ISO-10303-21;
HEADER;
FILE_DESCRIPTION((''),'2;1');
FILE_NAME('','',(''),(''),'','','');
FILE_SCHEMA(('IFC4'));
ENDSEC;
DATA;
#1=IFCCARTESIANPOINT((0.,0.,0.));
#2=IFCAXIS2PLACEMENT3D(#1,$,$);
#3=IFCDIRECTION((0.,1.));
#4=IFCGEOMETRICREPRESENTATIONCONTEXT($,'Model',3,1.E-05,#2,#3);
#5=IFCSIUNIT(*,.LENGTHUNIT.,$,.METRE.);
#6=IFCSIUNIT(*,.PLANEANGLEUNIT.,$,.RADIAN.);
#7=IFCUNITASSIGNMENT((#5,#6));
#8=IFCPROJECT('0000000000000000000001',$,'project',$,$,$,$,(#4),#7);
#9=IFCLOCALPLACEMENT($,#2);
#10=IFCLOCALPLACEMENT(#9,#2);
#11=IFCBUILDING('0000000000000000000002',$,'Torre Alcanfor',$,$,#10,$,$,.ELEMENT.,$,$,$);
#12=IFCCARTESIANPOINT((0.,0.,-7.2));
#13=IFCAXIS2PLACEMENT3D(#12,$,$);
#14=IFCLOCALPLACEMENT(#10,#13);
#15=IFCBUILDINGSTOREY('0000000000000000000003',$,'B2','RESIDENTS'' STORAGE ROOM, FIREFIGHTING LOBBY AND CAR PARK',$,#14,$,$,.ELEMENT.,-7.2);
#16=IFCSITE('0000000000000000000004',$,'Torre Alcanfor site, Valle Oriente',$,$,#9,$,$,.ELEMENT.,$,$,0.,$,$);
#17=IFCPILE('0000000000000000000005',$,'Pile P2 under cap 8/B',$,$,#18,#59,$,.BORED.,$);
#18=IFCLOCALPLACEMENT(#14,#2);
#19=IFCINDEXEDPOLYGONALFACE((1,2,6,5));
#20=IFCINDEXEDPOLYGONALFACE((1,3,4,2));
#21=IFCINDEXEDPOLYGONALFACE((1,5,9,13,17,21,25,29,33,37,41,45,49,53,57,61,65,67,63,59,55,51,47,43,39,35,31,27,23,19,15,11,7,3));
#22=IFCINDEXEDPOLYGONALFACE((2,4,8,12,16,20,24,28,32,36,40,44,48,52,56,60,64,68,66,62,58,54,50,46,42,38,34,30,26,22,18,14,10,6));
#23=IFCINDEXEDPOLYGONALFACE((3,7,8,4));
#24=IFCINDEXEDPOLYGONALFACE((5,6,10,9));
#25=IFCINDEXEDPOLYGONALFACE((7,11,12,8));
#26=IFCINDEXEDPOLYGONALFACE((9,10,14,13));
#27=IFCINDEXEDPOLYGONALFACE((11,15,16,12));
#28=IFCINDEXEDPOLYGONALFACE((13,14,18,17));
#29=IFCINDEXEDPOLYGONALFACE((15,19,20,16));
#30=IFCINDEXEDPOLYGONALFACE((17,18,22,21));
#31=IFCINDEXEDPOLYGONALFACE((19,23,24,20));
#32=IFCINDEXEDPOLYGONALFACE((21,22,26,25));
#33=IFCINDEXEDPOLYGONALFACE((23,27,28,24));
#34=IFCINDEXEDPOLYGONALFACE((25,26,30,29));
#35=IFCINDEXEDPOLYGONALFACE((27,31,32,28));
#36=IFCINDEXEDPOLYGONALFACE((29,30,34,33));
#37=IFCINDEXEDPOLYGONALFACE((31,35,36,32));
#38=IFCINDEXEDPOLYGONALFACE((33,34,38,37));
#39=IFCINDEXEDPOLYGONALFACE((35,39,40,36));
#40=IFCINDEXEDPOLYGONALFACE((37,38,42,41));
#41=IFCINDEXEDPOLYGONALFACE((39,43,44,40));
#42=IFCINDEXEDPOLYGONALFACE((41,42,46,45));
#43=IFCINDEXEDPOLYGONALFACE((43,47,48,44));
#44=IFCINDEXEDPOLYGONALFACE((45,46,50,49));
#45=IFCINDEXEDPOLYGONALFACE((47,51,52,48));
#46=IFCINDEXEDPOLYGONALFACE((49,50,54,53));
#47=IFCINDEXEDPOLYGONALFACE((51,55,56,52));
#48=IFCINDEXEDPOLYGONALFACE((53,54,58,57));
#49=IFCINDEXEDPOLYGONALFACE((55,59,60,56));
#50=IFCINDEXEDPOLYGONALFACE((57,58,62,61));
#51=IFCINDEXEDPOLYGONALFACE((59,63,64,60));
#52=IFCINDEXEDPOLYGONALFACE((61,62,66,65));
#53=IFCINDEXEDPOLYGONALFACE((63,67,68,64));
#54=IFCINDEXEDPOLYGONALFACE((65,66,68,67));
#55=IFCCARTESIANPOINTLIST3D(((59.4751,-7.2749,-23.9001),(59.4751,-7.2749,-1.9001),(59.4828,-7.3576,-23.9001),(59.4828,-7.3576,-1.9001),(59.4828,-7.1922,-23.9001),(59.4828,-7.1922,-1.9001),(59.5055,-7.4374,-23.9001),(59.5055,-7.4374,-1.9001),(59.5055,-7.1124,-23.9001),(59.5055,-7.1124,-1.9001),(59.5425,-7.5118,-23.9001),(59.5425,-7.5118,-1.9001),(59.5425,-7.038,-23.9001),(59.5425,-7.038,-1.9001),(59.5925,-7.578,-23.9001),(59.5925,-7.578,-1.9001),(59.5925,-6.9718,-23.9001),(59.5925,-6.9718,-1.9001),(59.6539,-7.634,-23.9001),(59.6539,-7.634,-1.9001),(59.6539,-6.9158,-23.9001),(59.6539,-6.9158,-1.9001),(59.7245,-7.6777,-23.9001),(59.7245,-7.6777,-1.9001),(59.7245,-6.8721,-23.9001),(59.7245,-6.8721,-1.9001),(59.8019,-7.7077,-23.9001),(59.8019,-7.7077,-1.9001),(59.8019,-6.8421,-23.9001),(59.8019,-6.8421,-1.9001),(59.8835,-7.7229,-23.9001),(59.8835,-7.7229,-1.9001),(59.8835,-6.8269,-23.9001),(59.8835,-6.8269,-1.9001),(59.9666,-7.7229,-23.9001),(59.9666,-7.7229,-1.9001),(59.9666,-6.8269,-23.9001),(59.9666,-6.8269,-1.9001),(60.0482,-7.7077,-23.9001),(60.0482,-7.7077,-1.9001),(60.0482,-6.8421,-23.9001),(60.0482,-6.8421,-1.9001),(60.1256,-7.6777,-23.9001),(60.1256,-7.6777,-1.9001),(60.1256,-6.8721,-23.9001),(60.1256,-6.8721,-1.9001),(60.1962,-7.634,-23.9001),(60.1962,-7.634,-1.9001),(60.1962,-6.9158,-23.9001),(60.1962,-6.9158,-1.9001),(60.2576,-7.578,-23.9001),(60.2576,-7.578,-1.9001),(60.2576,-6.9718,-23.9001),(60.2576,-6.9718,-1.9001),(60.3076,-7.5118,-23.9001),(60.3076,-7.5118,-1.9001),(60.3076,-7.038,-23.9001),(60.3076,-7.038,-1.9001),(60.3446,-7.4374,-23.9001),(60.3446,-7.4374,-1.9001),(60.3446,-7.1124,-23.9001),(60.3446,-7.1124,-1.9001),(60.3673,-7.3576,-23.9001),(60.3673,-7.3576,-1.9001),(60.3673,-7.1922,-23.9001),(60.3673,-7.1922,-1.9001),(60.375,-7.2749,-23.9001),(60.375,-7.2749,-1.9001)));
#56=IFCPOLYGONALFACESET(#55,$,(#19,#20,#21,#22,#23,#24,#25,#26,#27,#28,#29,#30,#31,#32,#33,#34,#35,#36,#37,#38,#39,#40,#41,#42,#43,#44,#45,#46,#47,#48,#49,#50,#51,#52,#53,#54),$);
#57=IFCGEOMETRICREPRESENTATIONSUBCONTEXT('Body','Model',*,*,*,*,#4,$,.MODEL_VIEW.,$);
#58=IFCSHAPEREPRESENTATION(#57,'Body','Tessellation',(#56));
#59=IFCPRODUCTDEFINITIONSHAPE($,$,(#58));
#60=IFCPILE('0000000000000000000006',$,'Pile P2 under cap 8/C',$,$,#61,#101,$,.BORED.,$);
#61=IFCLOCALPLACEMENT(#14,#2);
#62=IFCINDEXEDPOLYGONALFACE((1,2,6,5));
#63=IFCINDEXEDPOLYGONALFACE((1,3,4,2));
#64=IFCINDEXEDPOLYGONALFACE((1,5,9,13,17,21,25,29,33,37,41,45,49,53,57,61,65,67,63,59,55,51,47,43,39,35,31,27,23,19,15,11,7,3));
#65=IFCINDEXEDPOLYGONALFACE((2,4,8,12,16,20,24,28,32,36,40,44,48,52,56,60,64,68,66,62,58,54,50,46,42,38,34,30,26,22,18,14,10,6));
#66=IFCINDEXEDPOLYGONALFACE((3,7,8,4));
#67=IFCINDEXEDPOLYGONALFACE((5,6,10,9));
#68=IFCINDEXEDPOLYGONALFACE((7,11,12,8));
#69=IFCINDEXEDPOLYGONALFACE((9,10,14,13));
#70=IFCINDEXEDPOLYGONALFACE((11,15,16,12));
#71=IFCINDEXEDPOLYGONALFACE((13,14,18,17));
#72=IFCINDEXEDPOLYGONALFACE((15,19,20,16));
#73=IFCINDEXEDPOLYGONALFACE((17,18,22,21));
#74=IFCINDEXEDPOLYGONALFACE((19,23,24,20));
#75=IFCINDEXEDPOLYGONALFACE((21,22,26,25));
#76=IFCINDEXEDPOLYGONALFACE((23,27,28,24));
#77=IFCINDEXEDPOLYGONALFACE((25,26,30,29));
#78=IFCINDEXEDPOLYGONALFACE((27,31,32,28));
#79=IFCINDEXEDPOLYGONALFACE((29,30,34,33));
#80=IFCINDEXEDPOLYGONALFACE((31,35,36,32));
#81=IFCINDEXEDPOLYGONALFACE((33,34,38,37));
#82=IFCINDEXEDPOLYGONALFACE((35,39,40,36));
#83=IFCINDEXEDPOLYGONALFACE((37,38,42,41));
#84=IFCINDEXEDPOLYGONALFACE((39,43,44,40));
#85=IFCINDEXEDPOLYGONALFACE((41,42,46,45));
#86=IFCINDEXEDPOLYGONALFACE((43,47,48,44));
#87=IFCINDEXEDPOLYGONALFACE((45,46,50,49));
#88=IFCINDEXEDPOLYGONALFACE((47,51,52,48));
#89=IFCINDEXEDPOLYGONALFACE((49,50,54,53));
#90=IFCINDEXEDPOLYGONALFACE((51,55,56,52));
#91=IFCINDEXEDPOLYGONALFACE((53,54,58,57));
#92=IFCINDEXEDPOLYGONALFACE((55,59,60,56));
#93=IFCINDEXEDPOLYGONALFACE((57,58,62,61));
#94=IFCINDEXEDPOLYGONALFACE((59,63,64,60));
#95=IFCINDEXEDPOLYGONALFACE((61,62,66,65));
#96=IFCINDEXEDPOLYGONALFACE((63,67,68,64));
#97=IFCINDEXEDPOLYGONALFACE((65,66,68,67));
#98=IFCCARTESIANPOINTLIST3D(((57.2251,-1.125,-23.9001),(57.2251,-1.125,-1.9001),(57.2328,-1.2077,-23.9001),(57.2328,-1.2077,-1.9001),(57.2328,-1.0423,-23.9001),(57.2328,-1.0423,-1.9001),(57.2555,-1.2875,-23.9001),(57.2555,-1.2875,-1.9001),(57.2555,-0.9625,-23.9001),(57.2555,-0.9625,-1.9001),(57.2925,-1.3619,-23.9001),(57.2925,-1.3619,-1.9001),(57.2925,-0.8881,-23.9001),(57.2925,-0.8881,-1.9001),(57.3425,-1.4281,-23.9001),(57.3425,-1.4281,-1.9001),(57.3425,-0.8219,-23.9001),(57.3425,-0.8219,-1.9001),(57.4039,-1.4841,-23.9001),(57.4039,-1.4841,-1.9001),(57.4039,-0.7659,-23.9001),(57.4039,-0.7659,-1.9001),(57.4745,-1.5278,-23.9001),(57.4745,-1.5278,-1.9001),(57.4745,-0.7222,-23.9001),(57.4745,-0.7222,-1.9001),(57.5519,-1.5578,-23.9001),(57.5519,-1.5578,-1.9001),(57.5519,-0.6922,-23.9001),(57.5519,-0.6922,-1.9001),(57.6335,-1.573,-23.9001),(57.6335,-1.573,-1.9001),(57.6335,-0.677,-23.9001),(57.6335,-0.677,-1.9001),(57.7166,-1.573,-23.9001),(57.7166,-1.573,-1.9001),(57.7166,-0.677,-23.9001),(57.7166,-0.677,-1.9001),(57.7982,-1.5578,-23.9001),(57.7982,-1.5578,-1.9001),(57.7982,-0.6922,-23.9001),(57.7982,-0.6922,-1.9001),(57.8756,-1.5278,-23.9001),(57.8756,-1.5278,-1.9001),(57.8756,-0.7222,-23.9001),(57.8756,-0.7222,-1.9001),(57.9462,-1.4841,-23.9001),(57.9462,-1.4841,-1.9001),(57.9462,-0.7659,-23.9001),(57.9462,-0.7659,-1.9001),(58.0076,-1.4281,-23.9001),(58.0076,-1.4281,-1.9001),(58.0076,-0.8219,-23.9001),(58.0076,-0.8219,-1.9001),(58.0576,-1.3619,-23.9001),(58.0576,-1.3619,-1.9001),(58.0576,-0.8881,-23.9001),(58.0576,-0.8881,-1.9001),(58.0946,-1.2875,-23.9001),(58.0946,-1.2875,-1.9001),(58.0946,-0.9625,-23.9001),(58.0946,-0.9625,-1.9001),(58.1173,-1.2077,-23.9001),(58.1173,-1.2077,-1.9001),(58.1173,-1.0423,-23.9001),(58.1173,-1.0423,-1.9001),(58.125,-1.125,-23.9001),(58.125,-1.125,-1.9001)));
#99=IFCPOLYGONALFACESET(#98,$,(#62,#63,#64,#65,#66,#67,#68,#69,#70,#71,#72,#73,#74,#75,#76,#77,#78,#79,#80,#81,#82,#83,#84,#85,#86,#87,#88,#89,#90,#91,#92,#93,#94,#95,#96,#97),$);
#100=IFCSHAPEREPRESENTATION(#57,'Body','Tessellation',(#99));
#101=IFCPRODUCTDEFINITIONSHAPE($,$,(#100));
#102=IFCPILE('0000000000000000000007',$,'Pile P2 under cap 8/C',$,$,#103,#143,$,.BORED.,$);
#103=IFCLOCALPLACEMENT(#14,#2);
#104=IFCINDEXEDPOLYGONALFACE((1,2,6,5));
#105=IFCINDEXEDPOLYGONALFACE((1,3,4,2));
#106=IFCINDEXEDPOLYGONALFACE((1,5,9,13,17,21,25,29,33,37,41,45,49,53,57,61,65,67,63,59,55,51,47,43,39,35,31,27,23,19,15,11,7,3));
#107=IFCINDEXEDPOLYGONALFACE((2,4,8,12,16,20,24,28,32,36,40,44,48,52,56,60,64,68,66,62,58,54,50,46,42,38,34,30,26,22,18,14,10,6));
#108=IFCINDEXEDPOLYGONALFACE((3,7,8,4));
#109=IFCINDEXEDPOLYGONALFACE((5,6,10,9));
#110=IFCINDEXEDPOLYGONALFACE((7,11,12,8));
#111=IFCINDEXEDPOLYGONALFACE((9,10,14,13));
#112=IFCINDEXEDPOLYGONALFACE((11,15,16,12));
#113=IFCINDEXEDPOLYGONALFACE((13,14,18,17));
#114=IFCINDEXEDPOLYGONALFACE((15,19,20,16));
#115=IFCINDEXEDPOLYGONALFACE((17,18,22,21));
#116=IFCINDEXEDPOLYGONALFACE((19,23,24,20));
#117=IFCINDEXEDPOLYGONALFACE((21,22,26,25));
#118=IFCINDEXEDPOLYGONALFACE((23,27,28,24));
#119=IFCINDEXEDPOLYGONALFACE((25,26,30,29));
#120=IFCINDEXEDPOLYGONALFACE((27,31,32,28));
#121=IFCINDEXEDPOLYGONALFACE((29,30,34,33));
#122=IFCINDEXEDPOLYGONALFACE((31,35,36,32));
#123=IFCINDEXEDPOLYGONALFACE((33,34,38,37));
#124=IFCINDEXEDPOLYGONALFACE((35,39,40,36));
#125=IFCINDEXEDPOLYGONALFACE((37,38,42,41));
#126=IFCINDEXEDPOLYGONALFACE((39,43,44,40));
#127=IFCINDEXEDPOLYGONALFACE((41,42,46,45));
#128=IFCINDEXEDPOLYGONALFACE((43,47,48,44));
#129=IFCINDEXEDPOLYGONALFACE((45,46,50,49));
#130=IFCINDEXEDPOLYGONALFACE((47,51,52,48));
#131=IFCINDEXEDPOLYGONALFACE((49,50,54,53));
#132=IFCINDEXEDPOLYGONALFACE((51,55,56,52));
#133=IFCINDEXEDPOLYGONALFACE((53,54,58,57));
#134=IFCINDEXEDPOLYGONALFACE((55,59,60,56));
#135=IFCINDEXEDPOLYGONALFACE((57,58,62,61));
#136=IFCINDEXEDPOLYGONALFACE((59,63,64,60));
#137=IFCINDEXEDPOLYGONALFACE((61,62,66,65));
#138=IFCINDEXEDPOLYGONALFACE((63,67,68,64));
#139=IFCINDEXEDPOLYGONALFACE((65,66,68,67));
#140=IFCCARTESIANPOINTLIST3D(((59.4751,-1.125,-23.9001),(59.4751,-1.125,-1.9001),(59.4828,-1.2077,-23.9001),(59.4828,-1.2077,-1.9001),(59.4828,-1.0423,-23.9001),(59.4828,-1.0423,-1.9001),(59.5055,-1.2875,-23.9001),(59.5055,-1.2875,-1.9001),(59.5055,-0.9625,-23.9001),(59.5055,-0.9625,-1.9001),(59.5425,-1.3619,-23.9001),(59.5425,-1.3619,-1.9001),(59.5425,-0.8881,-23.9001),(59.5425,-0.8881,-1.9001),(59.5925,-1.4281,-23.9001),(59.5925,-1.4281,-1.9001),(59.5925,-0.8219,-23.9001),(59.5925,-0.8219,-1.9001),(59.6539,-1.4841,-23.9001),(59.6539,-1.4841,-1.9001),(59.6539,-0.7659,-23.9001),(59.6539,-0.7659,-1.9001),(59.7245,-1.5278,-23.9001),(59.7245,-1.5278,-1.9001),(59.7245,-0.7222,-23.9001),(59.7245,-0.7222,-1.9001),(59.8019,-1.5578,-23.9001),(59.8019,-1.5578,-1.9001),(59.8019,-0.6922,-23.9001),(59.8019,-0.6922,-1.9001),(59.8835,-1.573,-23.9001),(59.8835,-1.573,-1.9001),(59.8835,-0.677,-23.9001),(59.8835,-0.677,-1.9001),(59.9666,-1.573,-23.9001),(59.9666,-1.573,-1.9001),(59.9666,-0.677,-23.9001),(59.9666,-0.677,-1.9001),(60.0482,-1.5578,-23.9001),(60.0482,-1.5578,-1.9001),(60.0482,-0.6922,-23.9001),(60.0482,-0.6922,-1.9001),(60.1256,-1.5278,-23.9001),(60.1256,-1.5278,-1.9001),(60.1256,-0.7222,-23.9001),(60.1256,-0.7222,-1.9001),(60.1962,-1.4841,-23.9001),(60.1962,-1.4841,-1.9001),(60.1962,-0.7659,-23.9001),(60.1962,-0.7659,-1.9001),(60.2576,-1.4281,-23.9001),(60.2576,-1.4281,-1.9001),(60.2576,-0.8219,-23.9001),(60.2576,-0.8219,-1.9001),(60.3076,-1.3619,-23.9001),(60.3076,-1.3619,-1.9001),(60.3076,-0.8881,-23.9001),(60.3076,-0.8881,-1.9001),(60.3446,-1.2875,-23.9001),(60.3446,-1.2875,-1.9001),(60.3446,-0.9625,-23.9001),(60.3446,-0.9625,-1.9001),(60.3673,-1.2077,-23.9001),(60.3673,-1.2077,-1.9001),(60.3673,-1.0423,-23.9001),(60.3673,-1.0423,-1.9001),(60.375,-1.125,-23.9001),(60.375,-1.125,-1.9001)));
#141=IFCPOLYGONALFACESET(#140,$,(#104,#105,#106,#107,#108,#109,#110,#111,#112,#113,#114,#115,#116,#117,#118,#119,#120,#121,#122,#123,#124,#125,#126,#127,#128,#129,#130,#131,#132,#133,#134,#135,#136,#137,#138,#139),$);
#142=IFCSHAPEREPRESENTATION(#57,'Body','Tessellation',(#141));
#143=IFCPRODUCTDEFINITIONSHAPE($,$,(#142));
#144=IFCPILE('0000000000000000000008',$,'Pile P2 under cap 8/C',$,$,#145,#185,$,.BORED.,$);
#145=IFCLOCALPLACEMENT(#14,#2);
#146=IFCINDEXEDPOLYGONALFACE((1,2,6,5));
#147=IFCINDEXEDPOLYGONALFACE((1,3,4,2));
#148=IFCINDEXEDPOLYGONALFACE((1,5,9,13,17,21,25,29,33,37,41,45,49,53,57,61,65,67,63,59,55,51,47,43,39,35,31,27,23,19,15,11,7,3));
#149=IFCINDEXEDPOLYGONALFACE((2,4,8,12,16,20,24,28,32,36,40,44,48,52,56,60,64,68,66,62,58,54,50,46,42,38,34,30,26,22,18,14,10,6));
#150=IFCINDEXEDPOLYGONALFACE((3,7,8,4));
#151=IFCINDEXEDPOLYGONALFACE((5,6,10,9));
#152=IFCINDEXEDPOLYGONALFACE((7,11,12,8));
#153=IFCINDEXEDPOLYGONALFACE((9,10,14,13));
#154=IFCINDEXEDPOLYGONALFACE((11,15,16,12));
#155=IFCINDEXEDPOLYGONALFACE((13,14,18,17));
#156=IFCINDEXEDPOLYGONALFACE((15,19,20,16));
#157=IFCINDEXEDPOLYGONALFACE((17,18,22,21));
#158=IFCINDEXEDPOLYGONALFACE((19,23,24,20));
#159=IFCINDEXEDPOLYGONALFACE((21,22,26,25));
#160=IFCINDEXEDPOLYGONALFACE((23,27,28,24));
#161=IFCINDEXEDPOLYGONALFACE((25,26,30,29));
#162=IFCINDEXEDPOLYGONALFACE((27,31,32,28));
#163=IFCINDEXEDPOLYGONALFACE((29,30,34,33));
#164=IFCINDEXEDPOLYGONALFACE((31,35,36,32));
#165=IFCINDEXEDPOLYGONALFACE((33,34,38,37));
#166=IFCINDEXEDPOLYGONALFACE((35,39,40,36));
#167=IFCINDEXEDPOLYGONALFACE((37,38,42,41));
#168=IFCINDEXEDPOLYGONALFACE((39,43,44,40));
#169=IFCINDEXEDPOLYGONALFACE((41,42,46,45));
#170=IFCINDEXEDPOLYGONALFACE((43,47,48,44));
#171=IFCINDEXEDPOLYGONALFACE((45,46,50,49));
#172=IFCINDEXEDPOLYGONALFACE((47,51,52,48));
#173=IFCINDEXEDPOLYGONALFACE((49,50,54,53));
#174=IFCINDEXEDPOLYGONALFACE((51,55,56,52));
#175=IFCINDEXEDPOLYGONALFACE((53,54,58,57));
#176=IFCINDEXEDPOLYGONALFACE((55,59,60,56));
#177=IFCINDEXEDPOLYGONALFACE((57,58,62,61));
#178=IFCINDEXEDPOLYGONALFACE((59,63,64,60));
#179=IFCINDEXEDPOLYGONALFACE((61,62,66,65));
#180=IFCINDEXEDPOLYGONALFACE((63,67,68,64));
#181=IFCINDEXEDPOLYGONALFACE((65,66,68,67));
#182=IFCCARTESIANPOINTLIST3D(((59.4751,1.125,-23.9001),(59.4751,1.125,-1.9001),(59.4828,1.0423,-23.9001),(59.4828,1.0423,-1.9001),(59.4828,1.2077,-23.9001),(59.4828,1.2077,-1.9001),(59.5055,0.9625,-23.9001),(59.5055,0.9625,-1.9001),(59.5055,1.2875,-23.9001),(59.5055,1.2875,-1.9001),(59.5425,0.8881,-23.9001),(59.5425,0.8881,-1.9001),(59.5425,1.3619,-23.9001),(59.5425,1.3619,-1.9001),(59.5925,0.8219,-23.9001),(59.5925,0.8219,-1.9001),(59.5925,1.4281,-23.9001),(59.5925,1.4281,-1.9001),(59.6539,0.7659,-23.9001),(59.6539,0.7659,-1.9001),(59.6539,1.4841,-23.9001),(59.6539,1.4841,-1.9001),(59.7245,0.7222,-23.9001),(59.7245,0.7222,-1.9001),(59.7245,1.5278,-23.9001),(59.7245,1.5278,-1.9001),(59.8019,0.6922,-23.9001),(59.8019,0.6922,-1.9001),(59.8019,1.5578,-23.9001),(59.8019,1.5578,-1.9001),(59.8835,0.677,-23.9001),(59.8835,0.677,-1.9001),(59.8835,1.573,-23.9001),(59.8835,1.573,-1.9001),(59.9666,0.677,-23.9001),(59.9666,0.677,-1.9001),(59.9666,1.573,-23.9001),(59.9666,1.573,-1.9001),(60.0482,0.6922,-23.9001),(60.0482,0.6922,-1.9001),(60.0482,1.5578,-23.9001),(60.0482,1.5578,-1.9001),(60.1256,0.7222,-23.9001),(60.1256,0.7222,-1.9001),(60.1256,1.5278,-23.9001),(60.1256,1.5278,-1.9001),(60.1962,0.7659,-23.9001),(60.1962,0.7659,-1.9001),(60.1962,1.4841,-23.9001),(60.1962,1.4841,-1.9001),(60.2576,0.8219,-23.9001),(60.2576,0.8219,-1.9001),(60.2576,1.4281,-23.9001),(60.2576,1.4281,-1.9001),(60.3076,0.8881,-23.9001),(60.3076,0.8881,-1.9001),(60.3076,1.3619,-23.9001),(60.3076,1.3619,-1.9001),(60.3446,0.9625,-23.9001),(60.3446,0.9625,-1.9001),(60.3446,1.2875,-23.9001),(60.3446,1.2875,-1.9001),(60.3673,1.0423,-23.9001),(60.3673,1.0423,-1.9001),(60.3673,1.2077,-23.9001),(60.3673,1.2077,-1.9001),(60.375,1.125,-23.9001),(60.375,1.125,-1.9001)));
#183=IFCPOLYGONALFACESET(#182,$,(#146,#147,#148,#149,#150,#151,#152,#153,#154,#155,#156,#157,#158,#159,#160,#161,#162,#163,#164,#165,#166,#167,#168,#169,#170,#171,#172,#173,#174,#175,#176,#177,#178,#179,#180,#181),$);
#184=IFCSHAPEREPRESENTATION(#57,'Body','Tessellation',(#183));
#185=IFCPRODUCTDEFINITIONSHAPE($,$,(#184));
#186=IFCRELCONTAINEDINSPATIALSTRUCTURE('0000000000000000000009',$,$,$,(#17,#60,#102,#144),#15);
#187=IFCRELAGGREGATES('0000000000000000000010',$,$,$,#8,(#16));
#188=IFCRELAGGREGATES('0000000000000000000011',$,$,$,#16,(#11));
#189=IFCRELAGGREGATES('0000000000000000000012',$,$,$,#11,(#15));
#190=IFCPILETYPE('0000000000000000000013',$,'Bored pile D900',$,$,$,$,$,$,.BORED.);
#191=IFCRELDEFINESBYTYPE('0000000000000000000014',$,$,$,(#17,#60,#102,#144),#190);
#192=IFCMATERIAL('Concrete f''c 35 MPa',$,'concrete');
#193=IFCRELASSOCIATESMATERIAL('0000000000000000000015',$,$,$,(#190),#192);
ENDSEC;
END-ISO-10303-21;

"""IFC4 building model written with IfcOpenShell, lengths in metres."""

from ifc_helpers import new_model, si_unit, direction, frame, origin, origin_2d, place, context, subcontext, project, spatial, circle, extrude, material, material_profile, profile_set, type_object, element, save


model = new_model("IFC4")

# Units and contexts
model_context = context("Model", 3, precision=1e-05, world=origin(), true_north=direction((0.0, 1.0)))
body_context = subcontext(model_context, "Body", "Model", "MODEL_VIEW")
ifc_project = project(units=[si_unit("LENGTHUNIT", "METRE"), si_unit("PLANEANGLEUNIT", "RADIAN")], contexts=[model_context])

# Site, building, storey
site_placement = place(None, origin())
site = spatial("IfcSite", under=ifc_project, at=site_placement, Name="Torre Alcanfor site, Valle Oriente", CompositionType="ELEMENT", RefElevation=0.0)
building_placement = place(site_placement, origin())
building = spatial("IfcBuilding", under=site, at=building_placement, Name="Torre Alcanfor", CompositionType="ELEMENT")
storey_placement = place(building_placement, frame((0.0, 0.0, -7.2)))
storey = spatial("IfcBuildingStorey", under=building, at=storey_placement, Name="B2", Description="RESIDENTS' STORAGE ROOM, FIREFIGHTING LOBBY AND CAR PARK", CompositionType="ELEMENT", Elevation=-7.2)

# Piles
ifc_material_1 = material(Name="Concrete f'c 35 MPa", Category="concrete")
ifc_material_profile_1 = material_profile(ifc_material_1, circle(Radius=0.45, at=origin_2d()), Name="D900")
ifc_profile_set_1 = profile_set([ifc_material_profile_1], Name="Concrete f'c 35 MPa")
pile_type = type_object("IfcPileType", Name="Bored pile D900", PredefinedType="BORED", material=ifc_profile_set_1)
for number, where, z_axis, x_axis, name in (
    (1, (59.925, -7.2749, -1.9001), (0.0, 0.0, -1.0), (1.0, 0.0, 0.0), "Pile P2 under cap 8/B"),
    (2, (57.675, -1.125, -1.9001), (0.0, 0.0, -1.0), (1.0, 0.0, 0.0), "Pile P2 under cap 8/C"),
    (3, (59.925, -1.125, -1.9001), (0.0, 0.0, -1.0), (1.0, 0.0, 0.0), "Pile P2 under cap 8/C"),
    (4, (59.925, 1.125, -1.9001), (0.0, 0.0, -1.0), (1.0, 0.0, 0.0), "Pile P2 under cap 8/C"),
):
    element("IfcPile", number, at=place(storey_placement, frame(where, z_axis=z_axis, x_axis=x_axis)), inside=storey, type_object=pile_type, Name=name, PredefinedType="BORED", context=body_context, shape_type="SweptSolid", body=[
        extrude(circle(Radius=0.45, at=origin_2d()), origin(), (0.0, 0.0, 1.0), 22.0),
    ])

save(model, "model.ifc")
